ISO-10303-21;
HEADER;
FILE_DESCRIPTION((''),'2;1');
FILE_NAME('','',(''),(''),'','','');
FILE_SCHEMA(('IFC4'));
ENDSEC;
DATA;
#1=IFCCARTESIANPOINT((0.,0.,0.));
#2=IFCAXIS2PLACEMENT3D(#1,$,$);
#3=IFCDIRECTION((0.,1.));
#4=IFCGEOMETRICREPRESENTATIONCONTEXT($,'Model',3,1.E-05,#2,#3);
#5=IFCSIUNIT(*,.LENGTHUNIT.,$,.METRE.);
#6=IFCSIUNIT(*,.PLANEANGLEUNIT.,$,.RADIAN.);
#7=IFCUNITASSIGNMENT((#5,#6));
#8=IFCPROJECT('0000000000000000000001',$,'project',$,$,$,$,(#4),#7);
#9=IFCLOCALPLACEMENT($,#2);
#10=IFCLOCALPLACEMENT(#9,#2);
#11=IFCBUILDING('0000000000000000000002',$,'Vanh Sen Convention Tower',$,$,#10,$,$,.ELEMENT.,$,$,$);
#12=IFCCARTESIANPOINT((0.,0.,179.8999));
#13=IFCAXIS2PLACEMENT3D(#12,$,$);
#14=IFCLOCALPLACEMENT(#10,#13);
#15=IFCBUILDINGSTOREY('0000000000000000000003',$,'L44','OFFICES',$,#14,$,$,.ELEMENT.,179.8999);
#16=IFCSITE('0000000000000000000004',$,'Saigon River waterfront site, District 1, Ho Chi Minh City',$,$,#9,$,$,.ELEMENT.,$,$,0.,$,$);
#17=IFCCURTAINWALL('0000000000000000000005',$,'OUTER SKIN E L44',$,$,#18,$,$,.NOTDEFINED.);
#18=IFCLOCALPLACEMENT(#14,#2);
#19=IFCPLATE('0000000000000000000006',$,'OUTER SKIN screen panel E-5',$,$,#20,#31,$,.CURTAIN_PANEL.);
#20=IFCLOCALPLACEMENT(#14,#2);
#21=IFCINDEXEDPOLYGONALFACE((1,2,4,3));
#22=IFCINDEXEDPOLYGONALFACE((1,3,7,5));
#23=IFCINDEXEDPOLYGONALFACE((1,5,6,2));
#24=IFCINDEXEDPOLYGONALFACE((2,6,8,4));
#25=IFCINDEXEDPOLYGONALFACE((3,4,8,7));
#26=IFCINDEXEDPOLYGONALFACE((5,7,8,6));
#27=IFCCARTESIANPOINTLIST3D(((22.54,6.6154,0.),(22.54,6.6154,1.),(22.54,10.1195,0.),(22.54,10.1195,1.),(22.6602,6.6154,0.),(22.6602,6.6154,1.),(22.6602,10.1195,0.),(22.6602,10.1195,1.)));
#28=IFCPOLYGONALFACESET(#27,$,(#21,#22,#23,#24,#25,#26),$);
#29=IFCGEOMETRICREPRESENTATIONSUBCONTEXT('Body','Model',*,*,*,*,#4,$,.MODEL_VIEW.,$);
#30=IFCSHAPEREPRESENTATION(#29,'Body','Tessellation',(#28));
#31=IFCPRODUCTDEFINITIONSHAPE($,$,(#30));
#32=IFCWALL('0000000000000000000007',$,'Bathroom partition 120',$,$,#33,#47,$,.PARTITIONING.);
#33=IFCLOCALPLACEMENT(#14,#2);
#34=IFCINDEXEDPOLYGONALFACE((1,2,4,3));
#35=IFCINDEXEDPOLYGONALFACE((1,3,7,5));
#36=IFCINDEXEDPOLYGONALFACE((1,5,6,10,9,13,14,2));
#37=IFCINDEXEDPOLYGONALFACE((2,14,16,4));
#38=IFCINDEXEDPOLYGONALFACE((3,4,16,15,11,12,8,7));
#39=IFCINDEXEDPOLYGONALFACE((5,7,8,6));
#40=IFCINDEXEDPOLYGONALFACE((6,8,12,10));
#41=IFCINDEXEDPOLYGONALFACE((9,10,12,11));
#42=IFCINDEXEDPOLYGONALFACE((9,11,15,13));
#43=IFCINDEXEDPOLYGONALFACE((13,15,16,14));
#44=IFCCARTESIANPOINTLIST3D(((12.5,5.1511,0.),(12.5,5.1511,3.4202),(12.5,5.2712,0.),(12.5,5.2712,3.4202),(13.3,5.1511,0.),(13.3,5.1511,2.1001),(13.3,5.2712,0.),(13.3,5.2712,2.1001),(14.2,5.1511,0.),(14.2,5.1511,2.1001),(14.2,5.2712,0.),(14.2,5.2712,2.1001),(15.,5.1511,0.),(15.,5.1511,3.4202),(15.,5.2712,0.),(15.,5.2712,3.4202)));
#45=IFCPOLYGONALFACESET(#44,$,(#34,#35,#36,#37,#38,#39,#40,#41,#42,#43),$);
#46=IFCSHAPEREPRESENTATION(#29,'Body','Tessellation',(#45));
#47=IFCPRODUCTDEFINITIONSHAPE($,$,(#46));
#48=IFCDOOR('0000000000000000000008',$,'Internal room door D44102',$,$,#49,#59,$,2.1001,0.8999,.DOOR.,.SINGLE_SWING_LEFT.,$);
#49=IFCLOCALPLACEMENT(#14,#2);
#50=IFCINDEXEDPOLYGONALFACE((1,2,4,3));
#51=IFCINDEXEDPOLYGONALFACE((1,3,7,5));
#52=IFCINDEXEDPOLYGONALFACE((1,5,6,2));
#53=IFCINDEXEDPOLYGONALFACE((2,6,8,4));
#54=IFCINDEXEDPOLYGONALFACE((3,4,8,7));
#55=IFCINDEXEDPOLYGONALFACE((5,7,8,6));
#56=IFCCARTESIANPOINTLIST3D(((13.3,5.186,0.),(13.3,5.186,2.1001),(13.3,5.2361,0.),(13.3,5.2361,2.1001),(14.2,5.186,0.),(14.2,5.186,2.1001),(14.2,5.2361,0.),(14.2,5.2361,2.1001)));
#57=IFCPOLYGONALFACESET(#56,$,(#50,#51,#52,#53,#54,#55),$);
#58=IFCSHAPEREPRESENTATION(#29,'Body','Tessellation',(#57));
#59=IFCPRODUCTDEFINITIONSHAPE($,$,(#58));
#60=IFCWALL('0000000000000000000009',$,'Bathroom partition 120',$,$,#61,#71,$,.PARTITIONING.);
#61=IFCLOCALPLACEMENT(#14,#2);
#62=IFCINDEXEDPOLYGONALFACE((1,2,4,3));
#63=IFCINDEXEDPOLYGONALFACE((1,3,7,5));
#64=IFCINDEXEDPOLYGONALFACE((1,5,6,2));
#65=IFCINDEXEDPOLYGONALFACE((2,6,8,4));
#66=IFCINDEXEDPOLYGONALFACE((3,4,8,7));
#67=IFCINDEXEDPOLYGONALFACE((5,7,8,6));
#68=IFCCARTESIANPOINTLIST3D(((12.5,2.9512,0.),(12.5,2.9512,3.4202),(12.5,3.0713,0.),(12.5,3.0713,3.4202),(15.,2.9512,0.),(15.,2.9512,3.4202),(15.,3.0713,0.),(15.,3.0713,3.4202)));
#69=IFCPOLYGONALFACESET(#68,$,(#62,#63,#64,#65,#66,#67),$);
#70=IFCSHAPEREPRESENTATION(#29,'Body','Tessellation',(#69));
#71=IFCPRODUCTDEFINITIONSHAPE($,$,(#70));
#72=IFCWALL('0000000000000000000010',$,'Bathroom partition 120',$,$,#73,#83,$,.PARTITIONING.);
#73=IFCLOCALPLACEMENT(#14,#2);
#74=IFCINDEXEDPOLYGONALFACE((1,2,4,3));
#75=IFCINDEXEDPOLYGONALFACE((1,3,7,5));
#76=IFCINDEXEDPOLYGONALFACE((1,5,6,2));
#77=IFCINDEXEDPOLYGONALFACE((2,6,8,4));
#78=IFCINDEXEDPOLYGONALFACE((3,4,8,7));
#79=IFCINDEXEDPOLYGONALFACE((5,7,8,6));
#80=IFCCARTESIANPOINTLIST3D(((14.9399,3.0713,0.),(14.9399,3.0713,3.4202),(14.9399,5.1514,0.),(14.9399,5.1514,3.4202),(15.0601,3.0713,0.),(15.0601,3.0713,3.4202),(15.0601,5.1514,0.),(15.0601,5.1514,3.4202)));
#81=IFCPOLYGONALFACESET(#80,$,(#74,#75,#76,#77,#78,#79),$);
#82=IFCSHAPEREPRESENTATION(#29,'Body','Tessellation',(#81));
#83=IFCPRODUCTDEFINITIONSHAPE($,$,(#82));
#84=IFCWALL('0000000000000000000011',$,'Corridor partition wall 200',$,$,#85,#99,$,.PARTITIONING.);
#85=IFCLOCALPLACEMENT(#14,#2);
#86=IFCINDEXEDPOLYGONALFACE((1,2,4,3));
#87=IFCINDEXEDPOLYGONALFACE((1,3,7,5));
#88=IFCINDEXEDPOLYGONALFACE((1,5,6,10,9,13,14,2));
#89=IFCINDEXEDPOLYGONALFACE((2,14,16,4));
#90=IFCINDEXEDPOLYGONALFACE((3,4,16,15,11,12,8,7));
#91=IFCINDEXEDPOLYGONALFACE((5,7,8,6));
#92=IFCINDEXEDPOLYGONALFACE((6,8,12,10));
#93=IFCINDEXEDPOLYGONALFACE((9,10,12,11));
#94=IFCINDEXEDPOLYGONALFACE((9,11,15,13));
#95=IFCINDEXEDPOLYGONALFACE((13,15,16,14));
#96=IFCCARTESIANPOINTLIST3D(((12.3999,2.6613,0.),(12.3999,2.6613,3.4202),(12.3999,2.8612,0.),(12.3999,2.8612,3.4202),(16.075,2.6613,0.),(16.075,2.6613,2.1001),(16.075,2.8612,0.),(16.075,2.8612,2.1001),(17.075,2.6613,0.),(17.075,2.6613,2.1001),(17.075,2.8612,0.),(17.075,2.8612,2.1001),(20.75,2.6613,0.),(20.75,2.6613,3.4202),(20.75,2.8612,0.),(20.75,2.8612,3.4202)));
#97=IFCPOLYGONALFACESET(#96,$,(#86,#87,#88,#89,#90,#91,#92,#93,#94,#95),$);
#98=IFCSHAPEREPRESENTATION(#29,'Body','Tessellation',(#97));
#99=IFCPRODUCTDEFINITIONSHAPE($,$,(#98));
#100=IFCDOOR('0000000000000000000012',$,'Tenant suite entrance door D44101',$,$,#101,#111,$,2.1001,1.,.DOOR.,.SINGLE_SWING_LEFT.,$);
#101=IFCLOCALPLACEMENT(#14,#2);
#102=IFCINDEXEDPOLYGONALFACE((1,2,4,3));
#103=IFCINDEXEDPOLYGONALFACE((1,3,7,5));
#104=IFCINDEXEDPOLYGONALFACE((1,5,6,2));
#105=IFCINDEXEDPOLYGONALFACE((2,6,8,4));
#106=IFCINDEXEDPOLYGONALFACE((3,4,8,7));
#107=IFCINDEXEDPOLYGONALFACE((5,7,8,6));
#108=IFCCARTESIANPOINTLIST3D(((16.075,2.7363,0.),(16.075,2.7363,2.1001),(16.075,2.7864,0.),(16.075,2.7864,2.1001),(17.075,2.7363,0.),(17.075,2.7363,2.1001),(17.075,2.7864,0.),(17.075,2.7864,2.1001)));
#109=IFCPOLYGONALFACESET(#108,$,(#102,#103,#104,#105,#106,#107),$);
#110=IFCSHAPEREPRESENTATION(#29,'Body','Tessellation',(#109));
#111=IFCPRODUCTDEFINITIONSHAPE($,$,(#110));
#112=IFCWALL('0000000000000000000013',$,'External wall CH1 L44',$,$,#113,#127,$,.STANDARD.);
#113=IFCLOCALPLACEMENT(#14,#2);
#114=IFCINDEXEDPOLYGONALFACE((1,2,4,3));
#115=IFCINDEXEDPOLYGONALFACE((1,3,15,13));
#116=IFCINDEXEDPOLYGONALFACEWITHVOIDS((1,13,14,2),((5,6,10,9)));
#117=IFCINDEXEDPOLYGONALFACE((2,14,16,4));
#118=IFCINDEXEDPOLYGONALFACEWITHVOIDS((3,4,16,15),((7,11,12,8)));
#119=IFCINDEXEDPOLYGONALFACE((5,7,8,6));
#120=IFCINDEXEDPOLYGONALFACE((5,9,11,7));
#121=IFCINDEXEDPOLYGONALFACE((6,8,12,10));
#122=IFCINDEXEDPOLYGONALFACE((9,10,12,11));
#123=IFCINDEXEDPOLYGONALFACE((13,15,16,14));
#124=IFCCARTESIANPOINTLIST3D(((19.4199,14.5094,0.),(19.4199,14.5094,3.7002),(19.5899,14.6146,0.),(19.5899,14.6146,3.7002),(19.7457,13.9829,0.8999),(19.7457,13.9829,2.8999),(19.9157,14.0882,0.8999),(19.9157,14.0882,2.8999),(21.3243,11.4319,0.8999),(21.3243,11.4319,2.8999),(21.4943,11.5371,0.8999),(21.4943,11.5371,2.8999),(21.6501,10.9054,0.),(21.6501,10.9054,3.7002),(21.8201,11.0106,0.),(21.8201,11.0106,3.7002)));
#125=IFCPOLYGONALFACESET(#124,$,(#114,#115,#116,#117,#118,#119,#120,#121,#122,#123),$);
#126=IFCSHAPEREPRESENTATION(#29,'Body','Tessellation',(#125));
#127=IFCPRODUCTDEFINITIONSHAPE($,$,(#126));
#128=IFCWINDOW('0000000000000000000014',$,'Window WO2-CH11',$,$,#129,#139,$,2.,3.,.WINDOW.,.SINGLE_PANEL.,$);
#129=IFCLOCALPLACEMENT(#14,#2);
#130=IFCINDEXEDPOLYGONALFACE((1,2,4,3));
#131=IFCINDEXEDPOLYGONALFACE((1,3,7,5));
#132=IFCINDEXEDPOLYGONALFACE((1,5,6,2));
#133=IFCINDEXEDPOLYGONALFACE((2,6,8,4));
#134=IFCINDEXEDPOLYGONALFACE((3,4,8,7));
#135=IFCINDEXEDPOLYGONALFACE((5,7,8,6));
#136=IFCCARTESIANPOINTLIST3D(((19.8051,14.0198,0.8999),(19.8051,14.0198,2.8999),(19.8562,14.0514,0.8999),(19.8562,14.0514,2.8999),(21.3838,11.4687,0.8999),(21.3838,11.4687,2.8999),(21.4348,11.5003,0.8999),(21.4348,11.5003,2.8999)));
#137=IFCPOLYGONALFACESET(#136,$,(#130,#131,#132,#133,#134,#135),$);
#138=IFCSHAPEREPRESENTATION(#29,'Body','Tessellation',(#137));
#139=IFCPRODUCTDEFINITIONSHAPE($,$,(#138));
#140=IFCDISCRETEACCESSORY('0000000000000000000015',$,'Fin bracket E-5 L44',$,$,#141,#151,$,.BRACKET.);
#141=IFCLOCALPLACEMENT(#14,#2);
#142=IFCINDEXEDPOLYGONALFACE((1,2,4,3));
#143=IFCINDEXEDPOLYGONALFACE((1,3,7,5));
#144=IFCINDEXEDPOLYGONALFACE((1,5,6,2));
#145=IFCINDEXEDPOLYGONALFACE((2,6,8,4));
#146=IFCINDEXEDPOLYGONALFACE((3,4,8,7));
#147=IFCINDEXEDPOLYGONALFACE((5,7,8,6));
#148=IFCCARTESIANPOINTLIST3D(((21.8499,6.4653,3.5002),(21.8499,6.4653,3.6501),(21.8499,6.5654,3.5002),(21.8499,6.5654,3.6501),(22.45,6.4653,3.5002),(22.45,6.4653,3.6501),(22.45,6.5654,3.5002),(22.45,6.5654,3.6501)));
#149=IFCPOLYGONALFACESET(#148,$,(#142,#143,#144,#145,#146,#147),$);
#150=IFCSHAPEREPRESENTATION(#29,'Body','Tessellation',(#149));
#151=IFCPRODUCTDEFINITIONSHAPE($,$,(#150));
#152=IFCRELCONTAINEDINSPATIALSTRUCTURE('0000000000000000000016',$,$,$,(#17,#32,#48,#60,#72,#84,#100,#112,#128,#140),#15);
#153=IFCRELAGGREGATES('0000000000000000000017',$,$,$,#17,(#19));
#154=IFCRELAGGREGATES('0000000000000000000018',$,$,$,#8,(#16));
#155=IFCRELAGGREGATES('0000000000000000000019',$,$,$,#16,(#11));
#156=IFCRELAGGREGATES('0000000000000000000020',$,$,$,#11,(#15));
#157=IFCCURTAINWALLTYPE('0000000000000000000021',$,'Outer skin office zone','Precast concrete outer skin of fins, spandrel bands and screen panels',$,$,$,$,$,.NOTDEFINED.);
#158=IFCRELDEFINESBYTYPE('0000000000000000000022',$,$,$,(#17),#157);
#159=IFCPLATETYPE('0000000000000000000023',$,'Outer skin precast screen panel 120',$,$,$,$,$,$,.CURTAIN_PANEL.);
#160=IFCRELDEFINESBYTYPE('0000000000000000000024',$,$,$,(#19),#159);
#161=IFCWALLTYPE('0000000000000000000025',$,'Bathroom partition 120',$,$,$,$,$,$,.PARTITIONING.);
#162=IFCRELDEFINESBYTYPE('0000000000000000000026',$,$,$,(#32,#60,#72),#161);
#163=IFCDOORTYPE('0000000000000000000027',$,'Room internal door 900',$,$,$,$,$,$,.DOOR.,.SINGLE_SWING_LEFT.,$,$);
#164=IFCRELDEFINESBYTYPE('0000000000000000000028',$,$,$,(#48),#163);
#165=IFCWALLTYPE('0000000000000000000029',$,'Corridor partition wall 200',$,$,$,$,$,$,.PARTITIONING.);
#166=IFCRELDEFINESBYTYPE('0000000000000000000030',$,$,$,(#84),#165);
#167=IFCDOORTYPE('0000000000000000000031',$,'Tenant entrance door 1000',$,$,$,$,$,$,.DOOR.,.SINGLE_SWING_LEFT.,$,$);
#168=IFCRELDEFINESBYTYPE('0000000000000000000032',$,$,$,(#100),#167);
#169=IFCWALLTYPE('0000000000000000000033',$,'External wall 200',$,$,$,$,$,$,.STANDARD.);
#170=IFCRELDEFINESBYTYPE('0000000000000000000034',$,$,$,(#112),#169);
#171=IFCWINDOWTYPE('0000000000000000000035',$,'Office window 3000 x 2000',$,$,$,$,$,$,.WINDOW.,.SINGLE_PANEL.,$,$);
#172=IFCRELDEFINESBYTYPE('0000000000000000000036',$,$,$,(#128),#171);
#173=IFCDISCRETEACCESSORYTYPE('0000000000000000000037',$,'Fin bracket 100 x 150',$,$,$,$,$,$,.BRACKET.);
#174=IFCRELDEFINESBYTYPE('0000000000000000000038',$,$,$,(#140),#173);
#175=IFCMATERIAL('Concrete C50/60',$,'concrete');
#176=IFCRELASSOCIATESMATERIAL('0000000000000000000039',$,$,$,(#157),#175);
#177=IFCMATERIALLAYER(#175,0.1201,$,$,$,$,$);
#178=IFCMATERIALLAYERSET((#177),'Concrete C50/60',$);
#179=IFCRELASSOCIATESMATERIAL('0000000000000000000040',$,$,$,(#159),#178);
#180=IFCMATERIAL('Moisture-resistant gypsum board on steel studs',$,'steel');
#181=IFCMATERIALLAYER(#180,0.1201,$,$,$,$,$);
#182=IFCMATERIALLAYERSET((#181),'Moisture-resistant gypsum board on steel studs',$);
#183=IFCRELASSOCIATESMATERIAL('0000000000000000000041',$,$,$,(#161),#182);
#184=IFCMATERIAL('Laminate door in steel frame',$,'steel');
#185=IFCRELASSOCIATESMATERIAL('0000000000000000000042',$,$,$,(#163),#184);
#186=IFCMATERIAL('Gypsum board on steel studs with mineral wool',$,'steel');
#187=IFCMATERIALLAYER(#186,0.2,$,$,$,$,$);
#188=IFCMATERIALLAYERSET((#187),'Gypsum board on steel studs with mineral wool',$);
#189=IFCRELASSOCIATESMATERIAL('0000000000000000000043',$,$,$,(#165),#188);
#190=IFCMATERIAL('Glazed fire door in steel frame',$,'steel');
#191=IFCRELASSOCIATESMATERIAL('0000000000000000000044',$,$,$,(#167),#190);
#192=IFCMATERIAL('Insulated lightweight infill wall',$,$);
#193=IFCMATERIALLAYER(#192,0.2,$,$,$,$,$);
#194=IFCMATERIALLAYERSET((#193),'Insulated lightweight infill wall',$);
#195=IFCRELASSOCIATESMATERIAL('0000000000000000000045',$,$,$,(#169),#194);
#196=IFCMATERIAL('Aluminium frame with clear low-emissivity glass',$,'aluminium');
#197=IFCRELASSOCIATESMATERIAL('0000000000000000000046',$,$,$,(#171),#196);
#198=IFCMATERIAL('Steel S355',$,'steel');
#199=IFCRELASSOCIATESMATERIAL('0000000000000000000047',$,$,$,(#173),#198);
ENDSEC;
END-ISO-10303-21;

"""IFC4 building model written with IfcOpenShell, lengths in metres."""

from ifc_helpers import new_model, si_unit, direction, frame, frame_2d, origin, origin_2d, place, context, subcontext, project, spatial, rectangle, extrude, material, layer, layer_set, type_object, element, fill, aggregate, save


model = new_model("IFC4")

# Units and contexts
model_context = context("Model", 3, precision=1e-05, world=origin(), true_north=direction((0.0, 1.0)))
body_context = subcontext(model_context, "Body", "Model", "MODEL_VIEW")
ifc_project = project(units=[si_unit("LENGTHUNIT", "METRE"), si_unit("PLANEANGLEUNIT", "RADIAN")], contexts=[model_context])

# Site, building, storey
site_placement = place(None, origin())
site = spatial("IfcSite", under=ifc_project, at=site_placement, Name="Saigon River waterfront site, District 1, Ho Chi Minh City", CompositionType="ELEMENT", RefElevation=0.0)
building_placement = place(site_placement, origin())
building = spatial("IfcBuilding", under=site, at=building_placement, Name="Vanh Sen Convention Tower", CompositionType="ELEMENT")
storey_placement = place(building_placement, frame((0.0, 0.0, 179.8999)))
storey = spatial("IfcBuildingStorey", under=building, at=storey_placement, Name="L44", Description="OFFICES", CompositionType="ELEMENT", Elevation=179.8999)

# Curtain wall
ifc_material_1 = material(Name="Concrete C50/60", Category="concrete")
curtain_wall_type = type_object("IfcCurtainWallType", Name="Outer skin office zone", Description="Precast concrete outer skin of fins, spandrel bands and screen panels", PredefinedType="NOTDEFINED", material=ifc_material_1)
curtain_wall_1_placement = place(storey_placement, origin())
curtain_wall_1 = element("IfcCurtainWall", 1, at=curtain_wall_1_placement, inside=storey, type_object=curtain_wall_type, Name="OUTER SKIN E L44", PredefinedType="NOTDEFINED")

# Plate
ifc_layer_1 = layer(ifc_material_1, 0.1201)
ifc_layer_set_1 = layer_set([ifc_layer_1], Name="Concrete C50/60")
plate_type = type_object("IfcPlateType", Name="Outer skin precast screen panel 120", PredefinedType="CURTAIN_PANEL", material=ifc_layer_set_1)
plate_1_placement = place(storey_placement, frame((22.6001, 8.3674, 0.0), z_axis=(0.0, 0.0, 1.0), x_axis=(0.0, 1.0, 0.0)))
plate_1 = element("IfcPlate", 2, at=plate_1_placement, type_object=plate_type, Name="OUTER SKIN screen panel E-5", PredefinedType="CURTAIN_PANEL", context=body_context, shape_type="SweptSolid", body=[
    extrude(rectangle(XDim=3.5042, YDim=0.1201, at=origin_2d()), origin(), (0.0, 0.0, 1.0), 1.0),
])
aggregate(curtain_wall_1, [plate_1])

# Wall, opening, door
ifc_material_2 = material(Name="Moisture-resistant gypsum board on steel studs", Category="steel")
ifc_layer_2 = layer(ifc_material_2, 0.1201)
ifc_layer_set_2 = layer_set([ifc_layer_2], Name="Moisture-resistant gypsum board on steel studs")
wall_type_1 = type_object("IfcWallType", Name="Bathroom partition 120", PredefinedType="PARTITIONING", material=ifc_layer_set_2)
wall_1_placement = place(storey_placement, frame((12.5, 5.2112, 0.0), z_axis=(0.0, 0.0, 1.0), x_axis=(1.0, 0.0, 0.0)))
wall_1 = element("IfcWall", 3, at=wall_1_placement, inside=storey, type_object=wall_type_1, Name="Bathroom partition 120", PredefinedType="PARTITIONING", context=body_context, shape_type="SweptSolid", body=[
    extrude(rectangle(XDim=2.5, YDim=0.1201, at=frame_2d((1.25, 0.0))), origin(), (0.0, 0.0, 1.0), 3.4202),
])
opening_1_placement = place(wall_1_placement, frame((0.8, 0.0, 0.0)))
opening_1 = element("IfcOpeningElement", 4, at=opening_1_placement, cuts=wall_1, PredefinedType="OPENING", context=body_context, shape_type="SweptSolid", body=[
    extrude(rectangle(XDim=0.8999, YDim=2.1001, at=frame_2d((0.45, 1.05))), frame((0.0, 0.0701, 0.0), z_axis=(0.0, -1.0, 0.0), x_axis=(1.0, 0.0, 0.0)), (0.0, 0.0, 1.0), 0.1401),
])
ifc_material_3 = material(Name="Laminate door in steel frame", Category="steel")
door_type_1 = type_object("IfcDoorType", Name="Room internal door 900", OperationType="SINGLE_SWING_LEFT", PredefinedType="DOOR", material=ifc_material_3)
door_1_placement = place(opening_1_placement, origin())
door_1 = element("IfcDoor", 5, at=door_1_placement, inside=storey, type_object=door_type_1, Name="Internal room door D44102", OperationType="SINGLE_SWING_LEFT", OverallHeight=2.1001, OverallWidth=0.8999, PredefinedType="DOOR", context=body_context, shape_type="SweptSolid", body=[
    extrude(rectangle(XDim=0.8999, YDim=2.1001, at=frame_2d((0.45, 1.05))), frame((0.0, 0.0249, 0.0), z_axis=(0.0, -1.0, 0.0), x_axis=(1.0, 0.0, 0.0)), (0.0, 0.0, 1.0), 0.05),
])
fill(opening_1, door_1)

# Walls
wall_2_placement = place(storey_placement, frame((15.0, 3.0112, 0.0), z_axis=(0.0, 0.0, 1.0), x_axis=(-1.0, 0.0, 0.0)))
element("IfcWall", 6, at=wall_2_placement, inside=storey, type_object=wall_type_1, Name="Bathroom partition 120", PredefinedType="PARTITIONING", context=body_context, shape_type="SweptSolid", body=[
    extrude(rectangle(XDim=2.5, YDim=0.1201, at=frame_2d((1.25, 0.0))), origin(), (0.0, 0.0, 1.0), 3.4202),
])
wall_3_placement = place(storey_placement, frame((15.0, 5.1514, 0.0), z_axis=(0.0, 0.0, 1.0), x_axis=(0.0, -1.0, 0.0)))
element("IfcWall", 7, at=wall_3_placement, inside=storey, type_object=wall_type_1, Name="Bathroom partition 120", PredefinedType="PARTITIONING", context=body_context, shape_type="SweptSolid", body=[
    extrude(rectangle(XDim=2.0801, YDim=0.1201, at=frame_2d((1.04, 0.0))), origin(), (0.0, 0.0, 1.0), 3.4202),
])

# Wall, opening, door
ifc_material_4 = material(Name="Gypsum board on steel studs with mineral wool", Category="steel")
ifc_layer_3 = layer(ifc_material_4, 0.2)
ifc_layer_set_3 = layer_set([ifc_layer_3], Name="Gypsum board on steel studs with mineral wool")
wall_type_2 = type_object("IfcWallType", Name="Corridor partition wall 200", PredefinedType="PARTITIONING", material=ifc_layer_set_3)
wall_4_placement = place(storey_placement, frame((20.75, 2.7612, 0.0), z_axis=(0.0, 0.0, 1.0), x_axis=(-1.0, 0.0, 0.0)))
wall_4 = element("IfcWall", 8, at=wall_4_placement, inside=storey, type_object=wall_type_2, Name="Corridor partition wall 200", PredefinedType="PARTITIONING", context=body_context, shape_type="SweptSolid", body=[
    extrude(rectangle(XDim=8.3501, YDim=0.2, at=frame_2d((4.175, 0.0))), origin(), (0.0, 0.0, 1.0), 3.4202),
])
opening_2_placement = place(wall_4_placement, frame((3.675, 0.0, 0.0)))
opening_2 = element("IfcOpeningElement", 9, at=opening_2_placement, cuts=wall_4, PredefinedType="OPENING", context=body_context, shape_type="SweptSolid", body=[
    extrude(rectangle(XDim=1.0, YDim=2.1001, at=frame_2d((0.5, 1.05))), frame((0.0, 0.1099, 0.0), z_axis=(0.0, -1.0, 0.0), x_axis=(1.0, 0.0, 0.0)), (0.0, 0.0, 1.0), 0.22),
])
ifc_material_5 = material(Name="Glazed fire door in steel frame", Category="steel")
door_type_2 = type_object("IfcDoorType", Name="Tenant entrance door 1000", OperationType="SINGLE_SWING_LEFT", PredefinedType="DOOR", material=ifc_material_5)
door_2_placement = place(opening_2_placement, origin())
door_2 = element("IfcDoor", 10, at=door_2_placement, inside=storey, type_object=door_type_2, Name="Tenant suite entrance door D44101", OperationType="SINGLE_SWING_LEFT", OverallHeight=2.1001, OverallWidth=1.0, PredefinedType="DOOR", context=body_context, shape_type="SweptSolid", body=[
    extrude(rectangle(XDim=1.0, YDim=2.1001, at=frame_2d((0.5, 1.05))), frame((0.0, 0.0249, 0.0), z_axis=(0.0, -1.0, 0.0), x_axis=(1.0, 0.0, 0.0)), (0.0, 0.0, 1.0), 0.05),
])
fill(opening_2, door_2)

# Wall, opening, window
ifc_material_6 = material(Name="Insulated lightweight infill wall")
ifc_layer_4 = layer(ifc_material_6, 0.2)
ifc_layer_set_4 = layer_set([ifc_layer_4], Name="Insulated lightweight infill wall")
wall_type_3 = type_object("IfcWallType", Name="External wall 200", PredefinedType="STANDARD", material=ifc_layer_set_4)
wall_5_placement = place(storey_placement, frame((21.7351, 10.958, 0.0), z_axis=(0.0, 0.0, 1.0), x_axis=(-0.526214, 0.850352, 0.0)))
wall_5 = element("IfcWall", 11, at=wall_5_placement, inside=storey, type_object=wall_type_3, Name="External wall CH1 L44", PredefinedType="STANDARD", context=body_context, shape_type="SweptSolid", body=[
    extrude(rectangle(XDim=4.2383, YDim=0.2, at=frame_2d((2.1191, 0.0))), origin(), (0.0, 0.0, 1.0), 3.7002),
])
opening_3_placement = place(wall_5_placement, frame((0.6191, 0.0, 0.8999)))
opening_3 = element("IfcOpeningElement", 12, at=opening_3_placement, cuts=wall_5, PredefinedType="OPENING", context=body_context, shape_type="SweptSolid", body=[
    extrude(rectangle(XDim=3.0, YDim=2.0, at=frame_2d((1.5, 1.0))), frame((0.0, 0.1099, 0.0), z_axis=(0.0, -1.0, 0.0), x_axis=(1.0, 0.0, 0.0)), (0.0, 0.0, 1.0), 0.22),
])
ifc_material_7 = material(Name="Aluminium frame with clear low-emissivity glass", Category="aluminium")
window_type = type_object("IfcWindowType", Name="Office window 3000 x 2000", PartitioningType="SINGLE_PANEL", PredefinedType="WINDOW", material=ifc_material_7)
window_placement = place(opening_3_placement, origin())
window = element("IfcWindow", 13, at=window_placement, inside=storey, type_object=window_type, Name="Window WO2-CH11", OverallHeight=2.0, OverallWidth=3.0, PartitioningType="SINGLE_PANEL", PredefinedType="WINDOW", context=body_context, shape_type="SweptSolid", body=[
    extrude(rectangle(XDim=3.0, YDim=2.0, at=frame_2d((1.5, 1.0))), frame((0.0, 0.03, 0.0), z_axis=(0.0, -1.0, 0.0), x_axis=(1.0, 0.0, 0.0)), (0.0, 0.0, 1.0), 0.0601),
])
fill(opening_3, window)

# Discrete accessory
ifc_material_8 = material(Name="Steel S355", Category="steel")
discrete_accessory_type = type_object("IfcDiscreteAccessoryType", Name="Fin bracket 100 x 150", PredefinedType="BRACKET", material=ifc_material_8)
discrete_accessory_placement = place(storey_placement, frame((22.1499, 6.5154, 3.5002), z_axis=(0.0, 0.0, 1.0), x_axis=(1.0, 0.0, 0.0)))
element("IfcDiscreteAccessory", 14, at=discrete_accessory_placement, inside=storey, type_object=discrete_accessory_type, Name="Fin bracket E-5 L44", PredefinedType="BRACKET", context=body_context, shape_type="SweptSolid", body=[
    extrude(rectangle(XDim=0.6001, YDim=0.1001, at=origin_2d()), origin(), (0.0, 0.0, 1.0), 0.1499),
])

save(model, "model.ifc")
